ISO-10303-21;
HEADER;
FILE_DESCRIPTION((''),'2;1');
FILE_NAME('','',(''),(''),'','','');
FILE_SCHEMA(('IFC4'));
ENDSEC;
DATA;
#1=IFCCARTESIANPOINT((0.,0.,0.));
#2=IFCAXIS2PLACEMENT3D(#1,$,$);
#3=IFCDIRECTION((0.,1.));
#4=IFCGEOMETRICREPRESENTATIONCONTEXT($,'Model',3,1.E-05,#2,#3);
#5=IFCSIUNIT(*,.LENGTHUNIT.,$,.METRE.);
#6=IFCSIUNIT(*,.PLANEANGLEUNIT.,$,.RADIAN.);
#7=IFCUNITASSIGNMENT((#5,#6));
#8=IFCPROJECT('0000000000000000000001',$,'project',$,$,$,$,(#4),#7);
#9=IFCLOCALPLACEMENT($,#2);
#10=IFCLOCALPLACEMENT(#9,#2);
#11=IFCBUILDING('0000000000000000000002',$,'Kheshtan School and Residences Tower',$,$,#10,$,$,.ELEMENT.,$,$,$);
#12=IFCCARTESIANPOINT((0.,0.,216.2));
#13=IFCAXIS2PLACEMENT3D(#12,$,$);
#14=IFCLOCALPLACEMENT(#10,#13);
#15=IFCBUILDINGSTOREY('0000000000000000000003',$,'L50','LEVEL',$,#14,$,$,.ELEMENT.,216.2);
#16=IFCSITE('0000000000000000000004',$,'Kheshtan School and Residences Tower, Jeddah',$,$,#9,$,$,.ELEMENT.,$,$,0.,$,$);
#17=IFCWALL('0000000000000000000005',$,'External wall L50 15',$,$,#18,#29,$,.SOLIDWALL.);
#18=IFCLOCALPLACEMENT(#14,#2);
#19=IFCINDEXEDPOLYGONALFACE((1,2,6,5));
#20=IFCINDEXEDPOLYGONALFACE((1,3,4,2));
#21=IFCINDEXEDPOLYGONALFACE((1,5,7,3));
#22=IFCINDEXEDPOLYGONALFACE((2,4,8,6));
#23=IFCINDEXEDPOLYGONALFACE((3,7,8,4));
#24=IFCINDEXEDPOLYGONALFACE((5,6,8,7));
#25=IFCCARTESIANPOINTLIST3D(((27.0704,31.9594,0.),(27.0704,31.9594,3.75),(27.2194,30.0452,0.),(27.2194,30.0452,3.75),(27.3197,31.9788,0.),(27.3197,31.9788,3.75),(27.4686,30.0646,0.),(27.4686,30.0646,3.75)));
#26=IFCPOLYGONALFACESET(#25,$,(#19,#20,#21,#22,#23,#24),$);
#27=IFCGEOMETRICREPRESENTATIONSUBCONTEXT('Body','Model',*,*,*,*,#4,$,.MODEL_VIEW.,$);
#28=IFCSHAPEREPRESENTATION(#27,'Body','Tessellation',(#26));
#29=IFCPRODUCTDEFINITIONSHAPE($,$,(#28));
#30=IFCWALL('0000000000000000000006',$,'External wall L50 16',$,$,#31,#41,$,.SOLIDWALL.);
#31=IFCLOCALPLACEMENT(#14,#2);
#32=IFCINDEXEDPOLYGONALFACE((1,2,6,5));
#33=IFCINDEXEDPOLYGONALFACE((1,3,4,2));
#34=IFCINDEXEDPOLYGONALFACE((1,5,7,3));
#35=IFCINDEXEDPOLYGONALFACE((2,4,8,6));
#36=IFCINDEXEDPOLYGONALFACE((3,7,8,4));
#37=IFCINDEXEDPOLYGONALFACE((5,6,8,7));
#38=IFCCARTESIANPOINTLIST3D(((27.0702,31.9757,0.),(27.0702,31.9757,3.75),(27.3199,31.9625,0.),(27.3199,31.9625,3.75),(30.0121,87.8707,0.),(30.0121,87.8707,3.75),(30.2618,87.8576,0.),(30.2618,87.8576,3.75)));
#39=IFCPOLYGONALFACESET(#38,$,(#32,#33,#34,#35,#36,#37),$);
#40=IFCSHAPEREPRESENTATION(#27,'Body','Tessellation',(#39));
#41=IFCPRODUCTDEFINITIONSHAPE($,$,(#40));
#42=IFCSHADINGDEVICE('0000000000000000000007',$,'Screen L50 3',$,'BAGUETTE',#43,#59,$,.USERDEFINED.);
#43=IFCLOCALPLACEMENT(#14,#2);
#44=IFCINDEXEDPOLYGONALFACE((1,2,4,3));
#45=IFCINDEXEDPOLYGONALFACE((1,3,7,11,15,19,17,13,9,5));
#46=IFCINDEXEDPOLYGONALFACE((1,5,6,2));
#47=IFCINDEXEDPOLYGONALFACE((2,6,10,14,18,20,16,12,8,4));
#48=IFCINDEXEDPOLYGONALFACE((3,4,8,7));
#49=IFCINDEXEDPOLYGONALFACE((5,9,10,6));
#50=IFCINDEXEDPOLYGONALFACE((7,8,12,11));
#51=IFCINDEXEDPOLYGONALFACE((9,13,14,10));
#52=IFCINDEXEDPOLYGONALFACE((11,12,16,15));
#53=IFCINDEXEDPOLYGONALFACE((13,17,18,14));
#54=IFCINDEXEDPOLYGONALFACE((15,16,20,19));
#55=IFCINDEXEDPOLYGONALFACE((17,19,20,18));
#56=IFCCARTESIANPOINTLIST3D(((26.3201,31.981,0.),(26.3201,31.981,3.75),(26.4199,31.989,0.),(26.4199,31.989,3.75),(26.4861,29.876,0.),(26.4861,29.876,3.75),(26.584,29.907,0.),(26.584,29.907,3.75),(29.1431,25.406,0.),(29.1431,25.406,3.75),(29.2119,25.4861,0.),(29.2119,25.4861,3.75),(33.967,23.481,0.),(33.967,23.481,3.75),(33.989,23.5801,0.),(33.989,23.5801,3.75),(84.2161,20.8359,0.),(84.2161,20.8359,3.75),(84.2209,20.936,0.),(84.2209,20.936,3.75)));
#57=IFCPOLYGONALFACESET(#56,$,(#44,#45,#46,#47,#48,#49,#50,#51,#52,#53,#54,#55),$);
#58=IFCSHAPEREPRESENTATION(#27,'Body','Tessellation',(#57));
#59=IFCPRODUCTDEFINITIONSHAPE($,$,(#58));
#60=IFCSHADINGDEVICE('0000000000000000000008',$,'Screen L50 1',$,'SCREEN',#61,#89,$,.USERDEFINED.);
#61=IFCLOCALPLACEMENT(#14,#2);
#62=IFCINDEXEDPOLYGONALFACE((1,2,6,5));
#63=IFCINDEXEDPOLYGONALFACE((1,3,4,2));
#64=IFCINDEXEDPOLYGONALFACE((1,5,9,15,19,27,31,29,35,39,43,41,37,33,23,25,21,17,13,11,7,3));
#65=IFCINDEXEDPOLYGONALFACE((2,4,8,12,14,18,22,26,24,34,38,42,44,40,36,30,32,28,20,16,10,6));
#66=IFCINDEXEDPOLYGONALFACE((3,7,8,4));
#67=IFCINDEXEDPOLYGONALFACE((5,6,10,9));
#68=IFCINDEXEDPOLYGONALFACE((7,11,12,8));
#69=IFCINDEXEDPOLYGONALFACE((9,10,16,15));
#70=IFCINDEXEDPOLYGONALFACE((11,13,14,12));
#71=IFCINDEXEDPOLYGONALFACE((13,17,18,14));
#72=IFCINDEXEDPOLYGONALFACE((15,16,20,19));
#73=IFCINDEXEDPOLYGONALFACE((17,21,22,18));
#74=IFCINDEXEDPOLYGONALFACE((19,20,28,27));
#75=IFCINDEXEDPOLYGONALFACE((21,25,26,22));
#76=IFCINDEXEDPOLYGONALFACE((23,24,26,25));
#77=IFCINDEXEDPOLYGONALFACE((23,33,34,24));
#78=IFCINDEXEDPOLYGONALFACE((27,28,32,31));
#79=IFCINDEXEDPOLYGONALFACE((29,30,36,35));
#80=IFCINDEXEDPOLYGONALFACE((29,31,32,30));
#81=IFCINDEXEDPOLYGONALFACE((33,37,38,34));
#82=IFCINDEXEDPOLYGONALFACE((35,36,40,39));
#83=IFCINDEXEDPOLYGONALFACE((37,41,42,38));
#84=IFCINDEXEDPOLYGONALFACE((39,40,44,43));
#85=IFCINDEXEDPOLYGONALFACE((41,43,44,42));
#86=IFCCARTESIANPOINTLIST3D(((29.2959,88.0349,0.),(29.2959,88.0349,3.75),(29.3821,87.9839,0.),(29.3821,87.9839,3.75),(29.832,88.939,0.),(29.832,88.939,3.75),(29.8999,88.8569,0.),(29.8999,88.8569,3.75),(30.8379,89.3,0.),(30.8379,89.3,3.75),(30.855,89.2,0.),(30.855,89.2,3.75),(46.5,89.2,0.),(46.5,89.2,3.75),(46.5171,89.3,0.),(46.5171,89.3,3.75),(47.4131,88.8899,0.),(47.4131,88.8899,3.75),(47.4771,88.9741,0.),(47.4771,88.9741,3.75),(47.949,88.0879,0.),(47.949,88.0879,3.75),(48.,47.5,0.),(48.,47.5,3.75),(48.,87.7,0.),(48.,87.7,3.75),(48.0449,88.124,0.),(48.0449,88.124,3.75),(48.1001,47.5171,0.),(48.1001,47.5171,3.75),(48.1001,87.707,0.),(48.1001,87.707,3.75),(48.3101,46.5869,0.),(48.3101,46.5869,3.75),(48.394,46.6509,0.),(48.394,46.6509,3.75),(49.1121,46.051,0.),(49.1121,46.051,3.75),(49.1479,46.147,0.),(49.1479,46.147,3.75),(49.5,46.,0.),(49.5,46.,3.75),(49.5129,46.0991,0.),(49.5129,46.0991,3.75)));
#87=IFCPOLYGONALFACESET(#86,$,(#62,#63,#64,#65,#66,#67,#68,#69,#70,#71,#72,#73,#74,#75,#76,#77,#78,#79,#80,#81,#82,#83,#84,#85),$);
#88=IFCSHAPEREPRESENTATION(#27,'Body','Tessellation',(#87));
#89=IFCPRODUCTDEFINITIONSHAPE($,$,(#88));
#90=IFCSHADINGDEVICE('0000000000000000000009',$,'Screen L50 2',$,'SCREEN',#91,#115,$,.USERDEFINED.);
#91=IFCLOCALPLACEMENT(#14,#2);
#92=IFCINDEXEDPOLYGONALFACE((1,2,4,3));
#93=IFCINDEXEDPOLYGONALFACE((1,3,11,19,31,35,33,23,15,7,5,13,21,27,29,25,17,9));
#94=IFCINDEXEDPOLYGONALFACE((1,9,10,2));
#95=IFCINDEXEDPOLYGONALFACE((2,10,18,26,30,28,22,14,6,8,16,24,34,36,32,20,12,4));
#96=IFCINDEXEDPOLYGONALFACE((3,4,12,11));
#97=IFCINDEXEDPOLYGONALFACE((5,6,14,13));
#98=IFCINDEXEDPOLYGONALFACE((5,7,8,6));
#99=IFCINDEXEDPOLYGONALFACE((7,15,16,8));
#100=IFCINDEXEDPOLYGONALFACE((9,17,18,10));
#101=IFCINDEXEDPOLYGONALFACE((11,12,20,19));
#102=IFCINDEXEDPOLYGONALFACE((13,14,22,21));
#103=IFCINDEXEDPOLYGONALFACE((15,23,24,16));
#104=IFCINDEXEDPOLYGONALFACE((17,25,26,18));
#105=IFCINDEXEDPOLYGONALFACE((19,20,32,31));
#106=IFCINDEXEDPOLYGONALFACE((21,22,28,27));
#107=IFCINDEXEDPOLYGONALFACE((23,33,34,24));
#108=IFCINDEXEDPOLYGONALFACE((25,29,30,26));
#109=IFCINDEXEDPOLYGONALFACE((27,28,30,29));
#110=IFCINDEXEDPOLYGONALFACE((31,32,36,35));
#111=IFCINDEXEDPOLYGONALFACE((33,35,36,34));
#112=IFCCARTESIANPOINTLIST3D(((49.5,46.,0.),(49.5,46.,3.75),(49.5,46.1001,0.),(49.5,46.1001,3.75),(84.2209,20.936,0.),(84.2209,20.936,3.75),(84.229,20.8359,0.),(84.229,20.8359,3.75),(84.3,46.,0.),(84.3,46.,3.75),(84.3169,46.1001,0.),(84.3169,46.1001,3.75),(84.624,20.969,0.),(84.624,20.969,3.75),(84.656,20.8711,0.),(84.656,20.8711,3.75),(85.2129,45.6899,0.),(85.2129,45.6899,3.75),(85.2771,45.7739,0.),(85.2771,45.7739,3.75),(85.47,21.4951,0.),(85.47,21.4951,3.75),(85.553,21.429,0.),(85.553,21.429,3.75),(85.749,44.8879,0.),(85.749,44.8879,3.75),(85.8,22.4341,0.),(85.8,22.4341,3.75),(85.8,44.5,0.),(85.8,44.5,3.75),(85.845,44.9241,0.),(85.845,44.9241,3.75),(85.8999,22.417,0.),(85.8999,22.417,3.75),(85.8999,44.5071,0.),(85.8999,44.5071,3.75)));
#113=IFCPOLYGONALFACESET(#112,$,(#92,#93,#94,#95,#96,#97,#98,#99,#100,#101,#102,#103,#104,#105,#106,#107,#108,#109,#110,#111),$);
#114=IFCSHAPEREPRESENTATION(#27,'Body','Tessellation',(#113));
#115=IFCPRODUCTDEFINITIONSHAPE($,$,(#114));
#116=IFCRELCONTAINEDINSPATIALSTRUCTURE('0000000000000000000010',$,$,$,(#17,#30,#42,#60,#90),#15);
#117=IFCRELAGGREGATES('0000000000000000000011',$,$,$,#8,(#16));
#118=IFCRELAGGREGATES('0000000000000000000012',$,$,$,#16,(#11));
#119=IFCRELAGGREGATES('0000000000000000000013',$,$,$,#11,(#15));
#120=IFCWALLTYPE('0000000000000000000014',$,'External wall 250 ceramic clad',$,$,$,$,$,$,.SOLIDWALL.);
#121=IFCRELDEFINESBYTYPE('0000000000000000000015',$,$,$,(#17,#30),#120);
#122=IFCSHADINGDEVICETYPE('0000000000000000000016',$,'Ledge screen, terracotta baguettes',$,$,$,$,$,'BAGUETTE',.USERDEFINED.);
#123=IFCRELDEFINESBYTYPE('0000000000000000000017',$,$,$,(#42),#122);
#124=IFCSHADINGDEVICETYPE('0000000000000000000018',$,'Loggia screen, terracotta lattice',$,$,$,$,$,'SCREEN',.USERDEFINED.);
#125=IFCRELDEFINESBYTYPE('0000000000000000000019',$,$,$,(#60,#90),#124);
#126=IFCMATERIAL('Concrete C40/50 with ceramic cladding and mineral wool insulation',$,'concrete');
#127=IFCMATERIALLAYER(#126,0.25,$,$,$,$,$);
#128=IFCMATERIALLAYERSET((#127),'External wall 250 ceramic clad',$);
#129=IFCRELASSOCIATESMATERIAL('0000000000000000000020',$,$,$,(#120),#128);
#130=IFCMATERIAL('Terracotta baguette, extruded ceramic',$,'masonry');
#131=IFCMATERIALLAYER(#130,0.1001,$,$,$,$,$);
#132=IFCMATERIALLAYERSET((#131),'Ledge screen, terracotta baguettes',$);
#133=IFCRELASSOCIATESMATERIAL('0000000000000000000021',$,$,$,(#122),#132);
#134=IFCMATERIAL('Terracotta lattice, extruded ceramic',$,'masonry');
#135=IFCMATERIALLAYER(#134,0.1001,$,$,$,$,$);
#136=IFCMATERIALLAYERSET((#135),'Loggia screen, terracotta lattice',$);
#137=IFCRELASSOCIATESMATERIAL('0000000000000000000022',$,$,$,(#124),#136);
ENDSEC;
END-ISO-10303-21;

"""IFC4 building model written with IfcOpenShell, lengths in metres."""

from ifc_helpers import new_model, si_unit, direction, frame, frame_2d, origin, place, context, subcontext, project, spatial, polyline, rectangle, outline, extrude, material, layer, layer_set, type_object, element, save


model = new_model("IFC4")

# Units and contexts
model_context = context("Model", 3, precision=1e-05, world=origin(), true_north=direction((0.0, 1.0)))
body_context = subcontext(model_context, "Body", "Model", "MODEL_VIEW")
ifc_project = project(units=[si_unit("LENGTHUNIT", "METRE"), si_unit("PLANEANGLEUNIT", "RADIAN")], contexts=[model_context])

# Site, building, storey
site_placement = place(None, origin())
site = spatial("IfcSite", under=ifc_project, at=site_placement, Name="Kheshtan School and Residences Tower, Jeddah", CompositionType="ELEMENT", RefElevation=0.0)
building_placement = place(site_placement, origin())
building = spatial("IfcBuilding", under=site, at=building_placement, Name="Kheshtan School and Residences Tower", CompositionType="ELEMENT")
storey_placement = place(building_placement, frame((0.0, 0.0, 216.2)))
storey = spatial("IfcBuildingStorey", under=building, at=storey_placement, Name="L50", Description="LEVEL", CompositionType="ELEMENT", Elevation=216.2)

# Walls
ifc_material_1 = material(Name="Concrete C40/50 with ceramic cladding and mineral wool insulation", Category="concrete")
ifc_layer_1 = layer(ifc_material_1, 0.25)
ifc_layer_set_1 = layer_set([ifc_layer_1], Name="External wall 250 ceramic clad")
wall_type = type_object("IfcWallType", Name="External wall 250 ceramic clad", PredefinedType="SOLIDWALL", material=ifc_layer_set_1)
wall_1_placement = place(storey_placement, frame((27.344, 30.0549, 0.0), z_axis=(0.0, 0.0, 1.0), x_axis=(-0.077572, 0.996987, 0.0)))
element("IfcWall", 1, at=wall_1_placement, inside=storey, type_object=wall_type, Name="External wall L50 15", PredefinedType="SOLIDWALL", context=body_context, shape_type="SweptSolid", body=[
    extrude(rectangle(XDim=1.9199, YDim=0.25, at=frame_2d((0.96, 0.0))), origin(), (0.0, 0.0, 1.0), 3.75),
])
wall_2_placement = place(storey_placement, frame((27.1951, 31.969, 0.0), z_axis=(0.0, 0.0, 1.0), x_axis=(0.05256, 0.998618, 0.0)))
element("IfcWall", 2, at=wall_2_placement, inside=storey, type_object=wall_type, Name="External wall L50 16", PredefinedType="SOLIDWALL", context=body_context, shape_type="SweptSolid", body=[
    extrude(rectangle(XDim=55.9724, YDim=0.25, at=frame_2d((27.9863, 0.0))), origin(), (0.0, 0.0, 1.0), 3.75),
])

# Shading devices
ifc_material_2 = material(Name="Terracotta baguette, extruded ceramic", Category="masonry")
ifc_layer_2 = layer(ifc_material_2, 0.1001)
ifc_layer_set_2 = layer_set([ifc_layer_2], Name="Ledge screen, terracotta baguettes")
shading_device_type_1 = type_object("IfcShadingDeviceType", Name="Ledge screen, terracotta baguettes", ElementType="BAGUETTE", PredefinedType="USERDEFINED", material=ifc_layer_set_2)
shading_device_1_placement = place(storey_placement, origin())
element("IfcShadingDevice", 3, at=shading_device_1_placement, inside=storey, type_object=shading_device_type_1, Name="Screen L50 3", ObjectType="BAGUETTE", PredefinedType="USERDEFINED", context=body_context, shape_type="SweptSolid", body=[
    extrude(outline(polyline([(84.2209, 20.936), (33.989, 23.5801), (29.2119, 25.4861), (26.584, 29.907), (26.4199, 31.989), (26.3201, 31.981), (26.4861, 29.876), (29.1431, 25.406), (33.967, 23.481), (84.2161, 20.8359), (84.2209, 20.936)])), origin(), (0.0, 0.0, 1.0), 3.75),
])
ifc_material_3 = material(Name="Terracotta lattice, extruded ceramic", Category="masonry")
ifc_layer_3 = layer(ifc_material_3, 0.1001)
ifc_layer_set_3 = layer_set([ifc_layer_3], Name="Loggia screen, terracotta lattice")
shading_device_type_2 = type_object("IfcShadingDeviceType", Name="Loggia screen, terracotta lattice", ElementType="SCREEN", PredefinedType="USERDEFINED", material=ifc_layer_set_3)
shading_device_2_placement = place(storey_placement, origin())
element("IfcShadingDevice", 4, at=shading_device_2_placement, inside=storey, type_object=shading_device_type_2, Name="Screen L50 1", ObjectType="SCREEN", PredefinedType="USERDEFINED", context=body_context, shape_type="SweptSolid", body=[
    extrude(outline(polyline([(29.3821, 87.9839), (29.8999, 88.8569), (30.855, 89.2), (46.5, 89.2), (47.4131, 88.8899), (47.949, 88.0879), (48.0, 87.7), (48.0, 47.5), (48.3101, 46.5869), (49.1121, 46.051), (49.5, 46.0), (49.5129, 46.0991), (49.1479, 46.147), (48.394, 46.6509), (48.1001, 47.5171), (48.1001, 87.707), (48.0449, 88.124), (47.4771, 88.9741), (46.5171, 89.3), (30.8379, 89.3), (29.832, 88.939), (29.2959, 88.0349), (29.3821, 87.9839)])), origin(), (0.0, 0.0, 1.0), 3.75),
])
shading_device_3_placement = place(storey_placement, origin())
element("IfcShadingDevice", 5, at=shading_device_3_placement, inside=storey, type_object=shading_device_type_2, Name="Screen L50 2", ObjectType="SCREEN", PredefinedType="USERDEFINED", context=body_context, shape_type="SweptSolid", body=[
    extrude(outline(polyline([(49.5, 46.0), (84.3, 46.0), (85.2129, 45.6899), (85.749, 44.8879), (85.8, 44.5), (85.8, 22.4341), (85.47, 21.4951), (84.624, 20.969), (84.2209, 20.936), (84.229, 20.8359), (84.656, 20.8711), (85.553, 21.429), (85.8999, 22.417), (85.8999, 44.5071), (85.845, 44.9241), (85.2771, 45.7739), (84.3169, 46.1001), (49.5, 46.1001), (49.5, 46.0)])), origin(), (0.0, 0.0, 1.0), 3.75),
])

save(model, "model.ifc")
